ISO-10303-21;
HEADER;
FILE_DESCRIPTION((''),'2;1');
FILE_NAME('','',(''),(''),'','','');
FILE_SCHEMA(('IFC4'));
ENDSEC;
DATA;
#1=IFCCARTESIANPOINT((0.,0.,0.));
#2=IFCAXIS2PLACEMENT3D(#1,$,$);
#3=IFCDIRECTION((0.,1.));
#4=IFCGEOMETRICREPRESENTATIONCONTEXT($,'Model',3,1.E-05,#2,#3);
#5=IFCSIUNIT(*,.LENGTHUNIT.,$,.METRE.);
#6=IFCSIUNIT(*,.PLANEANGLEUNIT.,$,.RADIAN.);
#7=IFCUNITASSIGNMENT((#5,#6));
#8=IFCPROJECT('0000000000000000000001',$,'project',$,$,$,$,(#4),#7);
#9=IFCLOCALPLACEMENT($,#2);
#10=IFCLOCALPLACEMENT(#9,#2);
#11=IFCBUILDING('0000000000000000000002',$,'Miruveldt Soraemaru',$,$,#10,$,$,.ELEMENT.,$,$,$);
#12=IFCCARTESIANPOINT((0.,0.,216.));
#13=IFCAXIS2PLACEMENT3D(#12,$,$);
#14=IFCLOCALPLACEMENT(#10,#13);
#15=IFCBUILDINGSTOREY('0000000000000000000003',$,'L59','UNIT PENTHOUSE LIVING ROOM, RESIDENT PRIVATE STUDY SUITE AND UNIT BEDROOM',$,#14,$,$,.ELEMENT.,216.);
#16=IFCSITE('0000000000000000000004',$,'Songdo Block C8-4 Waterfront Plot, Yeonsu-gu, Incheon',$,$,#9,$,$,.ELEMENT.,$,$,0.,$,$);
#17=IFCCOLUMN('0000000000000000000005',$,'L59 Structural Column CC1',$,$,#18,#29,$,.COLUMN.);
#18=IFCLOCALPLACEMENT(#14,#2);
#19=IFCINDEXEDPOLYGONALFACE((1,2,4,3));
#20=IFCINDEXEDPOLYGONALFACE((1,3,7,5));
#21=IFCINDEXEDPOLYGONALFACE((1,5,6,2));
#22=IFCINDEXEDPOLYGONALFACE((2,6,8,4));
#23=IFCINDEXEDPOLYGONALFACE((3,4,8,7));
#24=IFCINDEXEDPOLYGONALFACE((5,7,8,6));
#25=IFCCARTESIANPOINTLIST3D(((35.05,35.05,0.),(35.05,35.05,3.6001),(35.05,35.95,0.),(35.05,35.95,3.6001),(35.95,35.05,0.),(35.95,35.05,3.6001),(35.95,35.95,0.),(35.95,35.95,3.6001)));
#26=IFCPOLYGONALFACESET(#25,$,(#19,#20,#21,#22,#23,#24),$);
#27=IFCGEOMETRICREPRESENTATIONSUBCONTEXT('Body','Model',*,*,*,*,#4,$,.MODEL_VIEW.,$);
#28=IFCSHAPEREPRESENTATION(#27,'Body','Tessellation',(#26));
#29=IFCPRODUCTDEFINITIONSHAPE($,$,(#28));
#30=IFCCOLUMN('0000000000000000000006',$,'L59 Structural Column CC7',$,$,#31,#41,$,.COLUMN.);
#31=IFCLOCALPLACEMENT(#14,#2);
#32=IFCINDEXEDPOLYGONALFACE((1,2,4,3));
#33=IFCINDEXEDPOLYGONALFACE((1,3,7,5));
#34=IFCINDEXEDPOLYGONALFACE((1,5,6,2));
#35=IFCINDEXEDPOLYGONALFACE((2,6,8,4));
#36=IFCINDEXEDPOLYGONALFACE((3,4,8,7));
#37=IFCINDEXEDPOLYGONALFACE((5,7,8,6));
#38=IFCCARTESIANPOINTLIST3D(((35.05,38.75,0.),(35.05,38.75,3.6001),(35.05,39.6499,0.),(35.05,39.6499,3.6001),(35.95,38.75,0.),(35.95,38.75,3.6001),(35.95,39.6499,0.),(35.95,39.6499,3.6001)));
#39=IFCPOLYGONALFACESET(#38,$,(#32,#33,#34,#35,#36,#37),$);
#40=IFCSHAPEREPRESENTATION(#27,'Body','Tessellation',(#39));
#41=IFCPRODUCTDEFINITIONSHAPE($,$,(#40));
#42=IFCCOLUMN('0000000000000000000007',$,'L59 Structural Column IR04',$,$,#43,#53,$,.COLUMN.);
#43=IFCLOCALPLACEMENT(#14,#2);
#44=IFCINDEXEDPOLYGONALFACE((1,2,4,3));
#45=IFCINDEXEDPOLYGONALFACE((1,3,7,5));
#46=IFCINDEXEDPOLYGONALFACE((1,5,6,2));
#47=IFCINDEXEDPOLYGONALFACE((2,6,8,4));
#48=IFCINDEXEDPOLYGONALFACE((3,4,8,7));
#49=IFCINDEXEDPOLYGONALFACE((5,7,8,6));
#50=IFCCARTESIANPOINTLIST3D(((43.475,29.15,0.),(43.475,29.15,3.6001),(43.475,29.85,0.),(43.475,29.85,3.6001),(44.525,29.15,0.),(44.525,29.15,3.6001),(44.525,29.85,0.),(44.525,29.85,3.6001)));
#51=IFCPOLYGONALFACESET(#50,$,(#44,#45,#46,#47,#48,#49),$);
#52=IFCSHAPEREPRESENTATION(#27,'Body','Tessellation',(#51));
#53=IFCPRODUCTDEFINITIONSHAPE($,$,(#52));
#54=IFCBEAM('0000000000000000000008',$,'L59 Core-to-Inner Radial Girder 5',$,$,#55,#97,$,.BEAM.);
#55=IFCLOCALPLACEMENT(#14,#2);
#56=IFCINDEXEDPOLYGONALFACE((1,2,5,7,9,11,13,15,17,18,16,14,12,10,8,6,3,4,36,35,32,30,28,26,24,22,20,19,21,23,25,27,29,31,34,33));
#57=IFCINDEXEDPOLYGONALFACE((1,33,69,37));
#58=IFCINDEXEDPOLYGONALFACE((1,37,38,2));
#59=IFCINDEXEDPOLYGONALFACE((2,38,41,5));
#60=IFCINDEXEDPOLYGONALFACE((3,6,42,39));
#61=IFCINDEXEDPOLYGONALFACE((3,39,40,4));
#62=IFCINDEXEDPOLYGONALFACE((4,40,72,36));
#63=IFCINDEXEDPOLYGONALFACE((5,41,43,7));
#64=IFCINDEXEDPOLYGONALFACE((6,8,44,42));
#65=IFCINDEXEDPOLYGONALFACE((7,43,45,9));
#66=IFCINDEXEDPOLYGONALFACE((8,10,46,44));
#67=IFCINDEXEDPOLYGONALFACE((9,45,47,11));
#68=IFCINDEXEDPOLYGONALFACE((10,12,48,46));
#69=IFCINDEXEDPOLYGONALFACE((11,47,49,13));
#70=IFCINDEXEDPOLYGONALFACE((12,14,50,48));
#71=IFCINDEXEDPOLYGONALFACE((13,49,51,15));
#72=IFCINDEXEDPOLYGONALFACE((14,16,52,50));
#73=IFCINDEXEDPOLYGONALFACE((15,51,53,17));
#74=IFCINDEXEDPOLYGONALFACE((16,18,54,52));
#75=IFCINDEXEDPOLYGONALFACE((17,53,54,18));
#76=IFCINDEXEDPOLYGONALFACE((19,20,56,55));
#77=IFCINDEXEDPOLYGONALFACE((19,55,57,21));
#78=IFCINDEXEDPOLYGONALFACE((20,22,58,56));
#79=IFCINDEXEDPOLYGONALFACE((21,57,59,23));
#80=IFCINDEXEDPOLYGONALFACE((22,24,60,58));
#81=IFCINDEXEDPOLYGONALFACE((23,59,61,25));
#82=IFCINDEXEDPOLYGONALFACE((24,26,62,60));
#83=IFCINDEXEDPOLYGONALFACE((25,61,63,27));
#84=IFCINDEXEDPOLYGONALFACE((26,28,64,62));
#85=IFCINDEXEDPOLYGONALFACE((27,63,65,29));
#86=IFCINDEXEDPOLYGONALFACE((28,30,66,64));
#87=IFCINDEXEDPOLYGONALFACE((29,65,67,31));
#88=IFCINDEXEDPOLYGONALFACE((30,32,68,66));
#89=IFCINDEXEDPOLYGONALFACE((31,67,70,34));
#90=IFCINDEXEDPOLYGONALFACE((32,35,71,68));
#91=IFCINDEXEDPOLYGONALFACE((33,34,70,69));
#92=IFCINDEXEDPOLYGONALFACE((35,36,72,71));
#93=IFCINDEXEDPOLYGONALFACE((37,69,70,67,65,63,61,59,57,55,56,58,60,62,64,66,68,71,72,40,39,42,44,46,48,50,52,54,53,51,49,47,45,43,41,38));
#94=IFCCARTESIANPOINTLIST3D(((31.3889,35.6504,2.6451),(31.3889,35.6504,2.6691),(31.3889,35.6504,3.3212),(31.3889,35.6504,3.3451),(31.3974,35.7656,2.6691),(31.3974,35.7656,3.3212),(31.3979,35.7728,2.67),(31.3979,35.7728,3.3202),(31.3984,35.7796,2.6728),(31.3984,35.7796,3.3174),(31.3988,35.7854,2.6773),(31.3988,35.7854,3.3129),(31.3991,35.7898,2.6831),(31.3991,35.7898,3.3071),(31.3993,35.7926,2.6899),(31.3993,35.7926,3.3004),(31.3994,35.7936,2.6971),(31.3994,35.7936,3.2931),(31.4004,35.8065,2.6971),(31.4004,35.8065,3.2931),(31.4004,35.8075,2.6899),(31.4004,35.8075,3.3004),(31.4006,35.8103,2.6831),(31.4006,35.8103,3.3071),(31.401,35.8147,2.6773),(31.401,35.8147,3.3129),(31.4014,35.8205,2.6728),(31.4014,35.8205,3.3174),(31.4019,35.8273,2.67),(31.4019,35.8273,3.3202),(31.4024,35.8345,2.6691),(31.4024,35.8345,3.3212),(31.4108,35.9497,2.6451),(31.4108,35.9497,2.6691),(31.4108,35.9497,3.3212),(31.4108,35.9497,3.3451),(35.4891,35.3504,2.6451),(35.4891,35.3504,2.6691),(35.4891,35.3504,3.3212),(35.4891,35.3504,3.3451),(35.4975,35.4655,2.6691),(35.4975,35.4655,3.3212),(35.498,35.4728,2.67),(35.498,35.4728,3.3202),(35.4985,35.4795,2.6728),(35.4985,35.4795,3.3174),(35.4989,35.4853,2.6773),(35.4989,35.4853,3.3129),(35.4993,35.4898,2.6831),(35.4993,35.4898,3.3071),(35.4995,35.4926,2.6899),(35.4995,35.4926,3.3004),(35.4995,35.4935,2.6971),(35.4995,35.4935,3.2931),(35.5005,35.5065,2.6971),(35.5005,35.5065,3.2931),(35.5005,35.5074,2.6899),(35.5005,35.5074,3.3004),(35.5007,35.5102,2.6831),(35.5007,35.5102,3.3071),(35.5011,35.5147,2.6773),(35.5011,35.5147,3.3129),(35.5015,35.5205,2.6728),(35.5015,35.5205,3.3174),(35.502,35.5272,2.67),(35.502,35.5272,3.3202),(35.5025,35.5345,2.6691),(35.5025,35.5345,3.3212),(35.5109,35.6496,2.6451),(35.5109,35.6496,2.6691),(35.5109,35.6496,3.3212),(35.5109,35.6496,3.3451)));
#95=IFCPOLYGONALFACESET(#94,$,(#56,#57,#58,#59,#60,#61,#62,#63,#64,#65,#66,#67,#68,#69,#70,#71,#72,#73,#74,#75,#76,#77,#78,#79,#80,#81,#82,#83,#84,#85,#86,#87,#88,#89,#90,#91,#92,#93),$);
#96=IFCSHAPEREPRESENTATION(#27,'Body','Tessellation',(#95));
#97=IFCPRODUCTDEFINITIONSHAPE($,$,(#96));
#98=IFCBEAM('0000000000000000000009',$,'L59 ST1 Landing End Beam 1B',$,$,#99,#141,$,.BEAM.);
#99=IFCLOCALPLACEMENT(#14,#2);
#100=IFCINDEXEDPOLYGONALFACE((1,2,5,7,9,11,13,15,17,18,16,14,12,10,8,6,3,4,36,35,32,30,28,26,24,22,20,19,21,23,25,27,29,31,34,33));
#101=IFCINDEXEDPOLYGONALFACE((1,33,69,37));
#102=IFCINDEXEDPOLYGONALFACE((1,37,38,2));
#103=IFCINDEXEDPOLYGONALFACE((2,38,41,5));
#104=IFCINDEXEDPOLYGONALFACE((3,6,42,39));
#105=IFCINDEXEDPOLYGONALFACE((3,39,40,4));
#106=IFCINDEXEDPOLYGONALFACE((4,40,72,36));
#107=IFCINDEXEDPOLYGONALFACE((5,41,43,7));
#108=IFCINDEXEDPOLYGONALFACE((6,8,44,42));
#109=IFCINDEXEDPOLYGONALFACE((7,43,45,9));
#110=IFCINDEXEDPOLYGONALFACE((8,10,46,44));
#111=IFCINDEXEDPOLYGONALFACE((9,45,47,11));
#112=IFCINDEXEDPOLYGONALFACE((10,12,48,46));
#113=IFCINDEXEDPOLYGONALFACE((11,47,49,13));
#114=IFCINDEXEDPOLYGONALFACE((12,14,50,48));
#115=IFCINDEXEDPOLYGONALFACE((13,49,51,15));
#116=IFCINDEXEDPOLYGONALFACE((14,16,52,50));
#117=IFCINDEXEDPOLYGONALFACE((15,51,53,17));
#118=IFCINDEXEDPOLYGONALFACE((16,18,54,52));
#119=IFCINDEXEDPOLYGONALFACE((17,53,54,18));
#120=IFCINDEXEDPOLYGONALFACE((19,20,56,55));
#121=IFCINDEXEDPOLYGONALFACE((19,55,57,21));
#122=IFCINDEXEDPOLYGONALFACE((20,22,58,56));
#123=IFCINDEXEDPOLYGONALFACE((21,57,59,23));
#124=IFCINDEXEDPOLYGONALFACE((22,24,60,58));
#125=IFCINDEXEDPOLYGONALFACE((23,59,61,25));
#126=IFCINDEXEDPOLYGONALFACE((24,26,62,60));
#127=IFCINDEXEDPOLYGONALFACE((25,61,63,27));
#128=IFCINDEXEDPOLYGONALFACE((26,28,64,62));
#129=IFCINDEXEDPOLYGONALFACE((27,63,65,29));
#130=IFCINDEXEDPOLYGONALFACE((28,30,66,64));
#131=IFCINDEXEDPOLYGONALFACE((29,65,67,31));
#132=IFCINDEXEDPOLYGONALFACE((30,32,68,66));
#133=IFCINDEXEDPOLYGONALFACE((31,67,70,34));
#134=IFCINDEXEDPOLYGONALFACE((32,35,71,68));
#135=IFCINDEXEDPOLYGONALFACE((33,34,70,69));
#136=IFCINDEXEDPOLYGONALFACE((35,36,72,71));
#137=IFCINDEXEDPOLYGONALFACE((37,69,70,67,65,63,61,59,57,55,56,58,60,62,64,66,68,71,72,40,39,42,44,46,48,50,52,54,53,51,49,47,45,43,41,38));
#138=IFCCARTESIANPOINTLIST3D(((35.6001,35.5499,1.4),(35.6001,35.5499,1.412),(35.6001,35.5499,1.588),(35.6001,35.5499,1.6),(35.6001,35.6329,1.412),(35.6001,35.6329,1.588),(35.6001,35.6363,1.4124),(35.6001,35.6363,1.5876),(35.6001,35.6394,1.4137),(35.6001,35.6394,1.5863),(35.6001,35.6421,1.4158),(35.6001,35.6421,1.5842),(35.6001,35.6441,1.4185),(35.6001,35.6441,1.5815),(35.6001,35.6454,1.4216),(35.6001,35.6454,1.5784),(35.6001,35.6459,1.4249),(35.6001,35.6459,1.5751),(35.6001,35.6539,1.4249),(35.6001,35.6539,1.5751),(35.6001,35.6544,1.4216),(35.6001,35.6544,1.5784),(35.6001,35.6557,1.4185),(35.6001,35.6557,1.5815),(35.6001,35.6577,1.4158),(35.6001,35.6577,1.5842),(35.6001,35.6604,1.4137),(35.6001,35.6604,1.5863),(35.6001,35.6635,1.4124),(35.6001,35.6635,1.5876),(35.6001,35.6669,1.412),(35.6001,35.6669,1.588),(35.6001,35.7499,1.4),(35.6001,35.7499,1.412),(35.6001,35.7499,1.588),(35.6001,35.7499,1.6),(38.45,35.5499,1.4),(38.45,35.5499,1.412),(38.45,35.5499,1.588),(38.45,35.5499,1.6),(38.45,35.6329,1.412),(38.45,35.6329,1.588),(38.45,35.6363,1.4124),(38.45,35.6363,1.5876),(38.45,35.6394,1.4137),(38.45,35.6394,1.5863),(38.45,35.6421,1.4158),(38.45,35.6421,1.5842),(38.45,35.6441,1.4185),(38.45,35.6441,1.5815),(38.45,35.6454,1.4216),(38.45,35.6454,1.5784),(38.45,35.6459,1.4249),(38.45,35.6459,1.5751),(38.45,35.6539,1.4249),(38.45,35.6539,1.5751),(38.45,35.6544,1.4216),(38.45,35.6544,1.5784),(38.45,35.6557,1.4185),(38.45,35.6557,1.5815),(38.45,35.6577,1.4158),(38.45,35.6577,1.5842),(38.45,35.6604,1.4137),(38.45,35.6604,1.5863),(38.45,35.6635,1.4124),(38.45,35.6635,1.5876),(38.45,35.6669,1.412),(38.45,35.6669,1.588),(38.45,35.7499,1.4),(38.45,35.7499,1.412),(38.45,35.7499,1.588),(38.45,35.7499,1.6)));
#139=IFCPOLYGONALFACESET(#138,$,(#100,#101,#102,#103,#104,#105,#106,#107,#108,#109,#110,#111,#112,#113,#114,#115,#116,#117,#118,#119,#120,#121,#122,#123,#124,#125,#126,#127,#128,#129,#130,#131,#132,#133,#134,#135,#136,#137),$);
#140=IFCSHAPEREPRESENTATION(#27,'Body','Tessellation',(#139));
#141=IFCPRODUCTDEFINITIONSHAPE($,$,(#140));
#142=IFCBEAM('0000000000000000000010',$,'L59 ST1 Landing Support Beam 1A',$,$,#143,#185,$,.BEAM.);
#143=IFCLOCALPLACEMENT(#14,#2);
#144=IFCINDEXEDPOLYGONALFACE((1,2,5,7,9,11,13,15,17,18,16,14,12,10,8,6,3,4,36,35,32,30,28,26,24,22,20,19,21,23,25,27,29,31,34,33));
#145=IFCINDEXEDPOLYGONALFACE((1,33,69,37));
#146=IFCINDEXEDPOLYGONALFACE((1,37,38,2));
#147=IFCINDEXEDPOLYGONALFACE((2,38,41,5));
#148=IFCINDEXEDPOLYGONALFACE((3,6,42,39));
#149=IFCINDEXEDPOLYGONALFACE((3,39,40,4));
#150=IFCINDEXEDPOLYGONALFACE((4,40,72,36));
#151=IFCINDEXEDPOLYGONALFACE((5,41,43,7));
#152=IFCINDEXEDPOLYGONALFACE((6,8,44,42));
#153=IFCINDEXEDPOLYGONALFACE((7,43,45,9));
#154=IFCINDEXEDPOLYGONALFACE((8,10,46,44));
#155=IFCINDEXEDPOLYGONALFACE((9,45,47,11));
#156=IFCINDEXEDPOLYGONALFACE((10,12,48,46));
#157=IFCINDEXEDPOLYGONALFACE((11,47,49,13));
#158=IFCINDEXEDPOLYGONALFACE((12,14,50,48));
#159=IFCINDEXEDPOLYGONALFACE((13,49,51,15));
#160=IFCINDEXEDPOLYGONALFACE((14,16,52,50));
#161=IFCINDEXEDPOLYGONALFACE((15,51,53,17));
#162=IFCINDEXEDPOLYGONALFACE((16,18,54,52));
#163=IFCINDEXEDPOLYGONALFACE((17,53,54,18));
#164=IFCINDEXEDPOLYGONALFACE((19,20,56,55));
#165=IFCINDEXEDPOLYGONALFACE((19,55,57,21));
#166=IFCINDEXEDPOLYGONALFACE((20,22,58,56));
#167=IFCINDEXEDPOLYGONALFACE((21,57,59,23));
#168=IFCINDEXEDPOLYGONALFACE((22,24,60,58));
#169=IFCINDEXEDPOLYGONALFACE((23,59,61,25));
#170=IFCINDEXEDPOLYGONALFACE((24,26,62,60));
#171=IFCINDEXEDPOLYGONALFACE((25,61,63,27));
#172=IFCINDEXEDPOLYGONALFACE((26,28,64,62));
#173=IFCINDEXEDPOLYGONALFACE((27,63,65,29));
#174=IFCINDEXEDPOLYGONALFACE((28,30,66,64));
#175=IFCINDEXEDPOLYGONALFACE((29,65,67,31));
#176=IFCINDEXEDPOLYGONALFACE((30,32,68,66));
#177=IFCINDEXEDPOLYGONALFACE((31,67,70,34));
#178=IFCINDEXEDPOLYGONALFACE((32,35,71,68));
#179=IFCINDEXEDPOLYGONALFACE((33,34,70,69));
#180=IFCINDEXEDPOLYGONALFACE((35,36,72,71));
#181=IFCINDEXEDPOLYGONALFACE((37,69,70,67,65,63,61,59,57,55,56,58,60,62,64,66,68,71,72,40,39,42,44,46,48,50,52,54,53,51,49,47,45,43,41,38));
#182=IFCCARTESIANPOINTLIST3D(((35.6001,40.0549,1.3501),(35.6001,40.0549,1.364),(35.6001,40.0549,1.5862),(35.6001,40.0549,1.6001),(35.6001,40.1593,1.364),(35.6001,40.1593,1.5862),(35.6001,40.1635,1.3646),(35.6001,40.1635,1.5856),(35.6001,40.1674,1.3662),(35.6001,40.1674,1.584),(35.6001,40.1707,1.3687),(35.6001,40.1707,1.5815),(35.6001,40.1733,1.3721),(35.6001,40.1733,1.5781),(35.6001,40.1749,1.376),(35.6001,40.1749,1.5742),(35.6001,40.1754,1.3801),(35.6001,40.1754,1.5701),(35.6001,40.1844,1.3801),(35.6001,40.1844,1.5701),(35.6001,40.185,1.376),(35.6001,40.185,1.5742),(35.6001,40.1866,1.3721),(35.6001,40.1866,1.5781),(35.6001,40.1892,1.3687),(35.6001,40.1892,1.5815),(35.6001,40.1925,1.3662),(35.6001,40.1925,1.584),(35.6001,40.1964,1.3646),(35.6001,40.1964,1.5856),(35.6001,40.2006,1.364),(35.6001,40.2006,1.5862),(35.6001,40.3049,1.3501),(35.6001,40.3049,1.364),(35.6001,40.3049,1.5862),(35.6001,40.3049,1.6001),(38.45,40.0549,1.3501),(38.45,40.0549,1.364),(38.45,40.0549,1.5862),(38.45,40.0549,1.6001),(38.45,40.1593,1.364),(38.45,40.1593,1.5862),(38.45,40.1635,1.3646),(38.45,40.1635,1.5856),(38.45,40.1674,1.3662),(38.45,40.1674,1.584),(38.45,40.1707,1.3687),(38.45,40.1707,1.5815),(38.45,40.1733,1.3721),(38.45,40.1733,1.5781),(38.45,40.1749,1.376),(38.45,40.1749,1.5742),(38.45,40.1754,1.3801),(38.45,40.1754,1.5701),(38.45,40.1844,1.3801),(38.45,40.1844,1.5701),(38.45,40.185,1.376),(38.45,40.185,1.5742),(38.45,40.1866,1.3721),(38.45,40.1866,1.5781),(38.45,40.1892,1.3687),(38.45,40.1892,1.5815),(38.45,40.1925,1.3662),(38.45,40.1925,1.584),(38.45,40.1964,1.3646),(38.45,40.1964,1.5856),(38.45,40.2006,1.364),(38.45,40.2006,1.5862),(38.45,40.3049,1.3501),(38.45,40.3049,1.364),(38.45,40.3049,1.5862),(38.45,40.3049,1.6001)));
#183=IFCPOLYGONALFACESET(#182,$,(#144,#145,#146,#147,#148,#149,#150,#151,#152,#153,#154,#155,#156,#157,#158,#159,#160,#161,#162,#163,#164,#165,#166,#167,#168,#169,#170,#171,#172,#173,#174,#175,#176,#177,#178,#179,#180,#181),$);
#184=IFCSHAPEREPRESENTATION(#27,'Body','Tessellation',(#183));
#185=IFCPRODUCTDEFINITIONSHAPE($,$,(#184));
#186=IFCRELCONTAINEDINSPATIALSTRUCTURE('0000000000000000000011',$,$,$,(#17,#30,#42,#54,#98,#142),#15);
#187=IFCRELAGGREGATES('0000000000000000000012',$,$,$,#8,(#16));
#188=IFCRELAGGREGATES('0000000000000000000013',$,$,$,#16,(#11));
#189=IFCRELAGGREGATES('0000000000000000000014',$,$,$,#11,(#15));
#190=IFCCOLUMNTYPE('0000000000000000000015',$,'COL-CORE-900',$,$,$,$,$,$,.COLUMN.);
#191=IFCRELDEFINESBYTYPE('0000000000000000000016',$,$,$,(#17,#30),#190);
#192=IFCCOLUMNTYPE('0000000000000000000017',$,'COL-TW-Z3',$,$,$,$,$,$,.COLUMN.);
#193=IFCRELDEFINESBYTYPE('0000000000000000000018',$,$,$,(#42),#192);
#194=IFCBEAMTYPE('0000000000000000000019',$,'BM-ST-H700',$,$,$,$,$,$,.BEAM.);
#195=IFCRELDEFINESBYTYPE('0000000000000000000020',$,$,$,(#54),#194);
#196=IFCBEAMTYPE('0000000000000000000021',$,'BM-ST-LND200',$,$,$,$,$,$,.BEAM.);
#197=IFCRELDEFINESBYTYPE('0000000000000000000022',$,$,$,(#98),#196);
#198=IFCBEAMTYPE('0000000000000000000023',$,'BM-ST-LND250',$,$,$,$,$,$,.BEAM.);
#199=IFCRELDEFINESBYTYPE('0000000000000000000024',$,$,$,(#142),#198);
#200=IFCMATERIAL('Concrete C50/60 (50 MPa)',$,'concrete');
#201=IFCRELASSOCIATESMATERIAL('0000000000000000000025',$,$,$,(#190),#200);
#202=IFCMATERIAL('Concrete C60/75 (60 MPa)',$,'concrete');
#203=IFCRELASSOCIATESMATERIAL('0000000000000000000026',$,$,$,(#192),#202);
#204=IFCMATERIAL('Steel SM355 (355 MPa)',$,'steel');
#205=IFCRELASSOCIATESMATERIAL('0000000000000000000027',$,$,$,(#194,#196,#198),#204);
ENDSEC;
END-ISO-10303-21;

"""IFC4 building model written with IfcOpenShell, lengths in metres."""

from ifc_helpers import new_model, si_unit, direction, frame, origin, origin_2d, place, context, subcontext, project, spatial, rectangle, i_section, extrude, material, material_profile, profile_set, type_object, element, save


model = new_model("IFC4")

# Units and contexts
model_context = context("Model", 3, precision=1e-05, world=origin(), true_north=direction((0.0, 1.0)))
body_context = subcontext(model_context, "Body", "Model", "MODEL_VIEW")
ifc_project = project(units=[si_unit("LENGTHUNIT", "METRE"), si_unit("PLANEANGLEUNIT", "RADIAN")], contexts=[model_context])

# Site, building, storey
site_placement = place(None, origin())
site = spatial("IfcSite", under=ifc_project, at=site_placement, Name="Songdo Block C8-4 Waterfront Plot, Yeonsu-gu, Incheon", CompositionType="ELEMENT", RefElevation=0.0)
building_placement = place(site_placement, origin())
building = spatial("IfcBuilding", under=site, at=building_placement, Name="Miruveldt Soraemaru", CompositionType="ELEMENT")
storey_placement = place(building_placement, frame((0.0, 0.0, 216.0)))
storey = spatial("IfcBuildingStorey", under=building, at=storey_placement, Name="L59", Description="UNIT PENTHOUSE LIVING ROOM, RESIDENT PRIVATE STUDY SUITE AND UNIT BEDROOM", CompositionType="ELEMENT", Elevation=216.0)

# Columns
ifc_material_1 = material(Name="Concrete C50/60 (50 MPa)", Category="concrete")
ifc_material_profile_1 = material_profile(ifc_material_1, rectangle(XDim=0.8999, YDim=0.8999, at=origin_2d()), Name="Concrete C50/60 (50 MPa)", Category="concrete")
ifc_profile_set_1 = profile_set([ifc_material_profile_1], Name="Concrete C50/60 (50 MPa)")
column_type_1 = type_object("IfcColumnType", Name="COL-CORE-900", PredefinedType="COLUMN", material=ifc_profile_set_1)
for number, where, z_axis, x_axis, name in (
    (1, (35.5, 35.5, 0.0), (0.0, 0.0, 1.0), (1.0, 0.0, 0.0), "L59 Structural Column CC1"),
    (2, (35.5, 39.2, 0.0), (0.0, 0.0, 1.0), (1.0, 0.0, 0.0), "L59 Structural Column CC7"),
):
    element("IfcColumn", number, at=place(storey_placement, frame(where, z_axis=z_axis, x_axis=x_axis)), inside=storey, type_object=column_type_1, Name=name, PredefinedType="COLUMN", context=body_context, shape_type="SweptSolid", body=[
        extrude(rectangle(XDim=0.8999, YDim=0.8999, at=origin_2d()), origin(), (0.0, 0.0, 1.0), 3.6001),
    ])
ifc_material_2 = material(Name="Concrete C60/75 (60 MPa)", Category="concrete")
ifc_material_profile_2 = material_profile(ifc_material_2, rectangle(XDim=1.05, YDim=0.7, at=origin_2d()), Name="Concrete C60/75 (60 MPa)", Category="concrete")
ifc_profile_set_2 = profile_set([ifc_material_profile_2], Name="Concrete C60/75 (60 MPa)")
column_type_2 = type_object("IfcColumnType", Name="COL-TW-Z3", PredefinedType="COLUMN", material=ifc_profile_set_2)
column_placement = place(storey_placement, frame((44.0, 29.5, 0.0), z_axis=(0.0, 0.0, 1.0), x_axis=(1.0, 0.0, 0.0)))
element("IfcColumn", 3, at=column_placement, inside=storey, type_object=column_type_2, Name="L59 Structural Column IR04", PredefinedType="COLUMN", context=body_context, shape_type="SweptSolid", body=[
    extrude(rectangle(XDim=1.05, YDim=0.7, at=origin_2d()), origin(), (0.0, 0.0, 1.0), 3.6001),
])

# Beams
ifc_material_3 = material(Name="Steel SM355 (355 MPa)", Category="steel")
ifc_material_profile_3 = material_profile(ifc_material_3, i_section(OverallWidth=0.3, OverallDepth=0.7, WebThickness=0.0129, FlangeThickness=0.0239, FilletRadius=0.0281, at=origin_2d()), Name="Steel SM355 (355 MPa)", Category="steel")
ifc_profile_set_3 = profile_set([ifc_material_profile_3], Name="Steel SM355 (355 MPa)")
beam_type_1 = type_object("IfcBeamType", Name="BM-ST-H700", PredefinedType="BEAM", material=ifc_profile_set_3)
beam_1_placement = place(storey_placement, frame((35.5, 35.5, 2.9951), z_axis=(-0.997333, 0.072986, 0.0), x_axis=(-0.072986, -0.997333, 0.0)))
element("IfcBeam", 4, at=beam_1_placement, inside=storey, type_object=beam_type_1, Name="L59 Core-to-Inner Radial Girder 5", PredefinedType="BEAM", context=body_context, shape_type="SweptSolid", body=[
    extrude(i_section(OverallWidth=0.3, OverallDepth=0.7, WebThickness=0.0129, FlangeThickness=0.0239, FilletRadius=0.0281, at=origin_2d()), origin(), (0.0, 0.0, 1.0), 4.1111),
])
ifc_material_profile_4 = material_profile(ifc_material_3, i_section(OverallWidth=0.2, OverallDepth=0.2, WebThickness=0.0081, FlangeThickness=0.012, FilletRadius=0.0129, at=origin_2d()), Name="Steel SM355 (355 MPa)", Category="steel")
ifc_profile_set_4 = profile_set([ifc_material_profile_4], Name="Steel SM355 (355 MPa)")
beam_type_2 = type_object("IfcBeamType", Name="BM-ST-LND200", PredefinedType="BEAM", material=ifc_profile_set_4)
beam_2_placement = place(storey_placement, frame((35.6001, 35.6499, 1.5), z_axis=(1.0, 0.0, 0.0), x_axis=(0.0, 1.0, 0.0)))
element("IfcBeam", 5, at=beam_2_placement, inside=storey, type_object=beam_type_2, Name="L59 ST1 Landing End Beam 1B", PredefinedType="BEAM", context=body_context, shape_type="SweptSolid", body=[
    extrude(i_section(OverallWidth=0.2, OverallDepth=0.2, WebThickness=0.0081, FlangeThickness=0.012, FilletRadius=0.0129, at=origin_2d()), origin(), (0.0, 0.0, 1.0), 2.8499),
])
ifc_material_profile_5 = material_profile(ifc_material_3, i_section(OverallWidth=0.25, OverallDepth=0.25, WebThickness=0.009, FlangeThickness=0.0139, FilletRadius=0.0161, at=origin_2d()), Name="Steel SM355 (355 MPa)", Category="steel")
ifc_profile_set_5 = profile_set([ifc_material_profile_5], Name="Steel SM355 (355 MPa)")
beam_type_3 = type_object("IfcBeamType", Name="BM-ST-LND250", PredefinedType="BEAM", material=ifc_profile_set_5)
beam_3_placement = place(storey_placement, frame((35.6001, 40.1799, 1.4751), z_axis=(1.0, 0.0, 0.0), x_axis=(0.0, 1.0, 0.0)))
element("IfcBeam", 6, at=beam_3_placement, inside=storey, type_object=beam_type_3, Name="L59 ST1 Landing Support Beam 1A", PredefinedType="BEAM", context=body_context, shape_type="SweptSolid", body=[
    extrude(i_section(OverallWidth=0.25, OverallDepth=0.25, WebThickness=0.009, FlangeThickness=0.0139, FilletRadius=0.0161, at=origin_2d()), origin(), (0.0, 0.0, 1.0), 2.8499),
])

save(model, "model.ifc")
